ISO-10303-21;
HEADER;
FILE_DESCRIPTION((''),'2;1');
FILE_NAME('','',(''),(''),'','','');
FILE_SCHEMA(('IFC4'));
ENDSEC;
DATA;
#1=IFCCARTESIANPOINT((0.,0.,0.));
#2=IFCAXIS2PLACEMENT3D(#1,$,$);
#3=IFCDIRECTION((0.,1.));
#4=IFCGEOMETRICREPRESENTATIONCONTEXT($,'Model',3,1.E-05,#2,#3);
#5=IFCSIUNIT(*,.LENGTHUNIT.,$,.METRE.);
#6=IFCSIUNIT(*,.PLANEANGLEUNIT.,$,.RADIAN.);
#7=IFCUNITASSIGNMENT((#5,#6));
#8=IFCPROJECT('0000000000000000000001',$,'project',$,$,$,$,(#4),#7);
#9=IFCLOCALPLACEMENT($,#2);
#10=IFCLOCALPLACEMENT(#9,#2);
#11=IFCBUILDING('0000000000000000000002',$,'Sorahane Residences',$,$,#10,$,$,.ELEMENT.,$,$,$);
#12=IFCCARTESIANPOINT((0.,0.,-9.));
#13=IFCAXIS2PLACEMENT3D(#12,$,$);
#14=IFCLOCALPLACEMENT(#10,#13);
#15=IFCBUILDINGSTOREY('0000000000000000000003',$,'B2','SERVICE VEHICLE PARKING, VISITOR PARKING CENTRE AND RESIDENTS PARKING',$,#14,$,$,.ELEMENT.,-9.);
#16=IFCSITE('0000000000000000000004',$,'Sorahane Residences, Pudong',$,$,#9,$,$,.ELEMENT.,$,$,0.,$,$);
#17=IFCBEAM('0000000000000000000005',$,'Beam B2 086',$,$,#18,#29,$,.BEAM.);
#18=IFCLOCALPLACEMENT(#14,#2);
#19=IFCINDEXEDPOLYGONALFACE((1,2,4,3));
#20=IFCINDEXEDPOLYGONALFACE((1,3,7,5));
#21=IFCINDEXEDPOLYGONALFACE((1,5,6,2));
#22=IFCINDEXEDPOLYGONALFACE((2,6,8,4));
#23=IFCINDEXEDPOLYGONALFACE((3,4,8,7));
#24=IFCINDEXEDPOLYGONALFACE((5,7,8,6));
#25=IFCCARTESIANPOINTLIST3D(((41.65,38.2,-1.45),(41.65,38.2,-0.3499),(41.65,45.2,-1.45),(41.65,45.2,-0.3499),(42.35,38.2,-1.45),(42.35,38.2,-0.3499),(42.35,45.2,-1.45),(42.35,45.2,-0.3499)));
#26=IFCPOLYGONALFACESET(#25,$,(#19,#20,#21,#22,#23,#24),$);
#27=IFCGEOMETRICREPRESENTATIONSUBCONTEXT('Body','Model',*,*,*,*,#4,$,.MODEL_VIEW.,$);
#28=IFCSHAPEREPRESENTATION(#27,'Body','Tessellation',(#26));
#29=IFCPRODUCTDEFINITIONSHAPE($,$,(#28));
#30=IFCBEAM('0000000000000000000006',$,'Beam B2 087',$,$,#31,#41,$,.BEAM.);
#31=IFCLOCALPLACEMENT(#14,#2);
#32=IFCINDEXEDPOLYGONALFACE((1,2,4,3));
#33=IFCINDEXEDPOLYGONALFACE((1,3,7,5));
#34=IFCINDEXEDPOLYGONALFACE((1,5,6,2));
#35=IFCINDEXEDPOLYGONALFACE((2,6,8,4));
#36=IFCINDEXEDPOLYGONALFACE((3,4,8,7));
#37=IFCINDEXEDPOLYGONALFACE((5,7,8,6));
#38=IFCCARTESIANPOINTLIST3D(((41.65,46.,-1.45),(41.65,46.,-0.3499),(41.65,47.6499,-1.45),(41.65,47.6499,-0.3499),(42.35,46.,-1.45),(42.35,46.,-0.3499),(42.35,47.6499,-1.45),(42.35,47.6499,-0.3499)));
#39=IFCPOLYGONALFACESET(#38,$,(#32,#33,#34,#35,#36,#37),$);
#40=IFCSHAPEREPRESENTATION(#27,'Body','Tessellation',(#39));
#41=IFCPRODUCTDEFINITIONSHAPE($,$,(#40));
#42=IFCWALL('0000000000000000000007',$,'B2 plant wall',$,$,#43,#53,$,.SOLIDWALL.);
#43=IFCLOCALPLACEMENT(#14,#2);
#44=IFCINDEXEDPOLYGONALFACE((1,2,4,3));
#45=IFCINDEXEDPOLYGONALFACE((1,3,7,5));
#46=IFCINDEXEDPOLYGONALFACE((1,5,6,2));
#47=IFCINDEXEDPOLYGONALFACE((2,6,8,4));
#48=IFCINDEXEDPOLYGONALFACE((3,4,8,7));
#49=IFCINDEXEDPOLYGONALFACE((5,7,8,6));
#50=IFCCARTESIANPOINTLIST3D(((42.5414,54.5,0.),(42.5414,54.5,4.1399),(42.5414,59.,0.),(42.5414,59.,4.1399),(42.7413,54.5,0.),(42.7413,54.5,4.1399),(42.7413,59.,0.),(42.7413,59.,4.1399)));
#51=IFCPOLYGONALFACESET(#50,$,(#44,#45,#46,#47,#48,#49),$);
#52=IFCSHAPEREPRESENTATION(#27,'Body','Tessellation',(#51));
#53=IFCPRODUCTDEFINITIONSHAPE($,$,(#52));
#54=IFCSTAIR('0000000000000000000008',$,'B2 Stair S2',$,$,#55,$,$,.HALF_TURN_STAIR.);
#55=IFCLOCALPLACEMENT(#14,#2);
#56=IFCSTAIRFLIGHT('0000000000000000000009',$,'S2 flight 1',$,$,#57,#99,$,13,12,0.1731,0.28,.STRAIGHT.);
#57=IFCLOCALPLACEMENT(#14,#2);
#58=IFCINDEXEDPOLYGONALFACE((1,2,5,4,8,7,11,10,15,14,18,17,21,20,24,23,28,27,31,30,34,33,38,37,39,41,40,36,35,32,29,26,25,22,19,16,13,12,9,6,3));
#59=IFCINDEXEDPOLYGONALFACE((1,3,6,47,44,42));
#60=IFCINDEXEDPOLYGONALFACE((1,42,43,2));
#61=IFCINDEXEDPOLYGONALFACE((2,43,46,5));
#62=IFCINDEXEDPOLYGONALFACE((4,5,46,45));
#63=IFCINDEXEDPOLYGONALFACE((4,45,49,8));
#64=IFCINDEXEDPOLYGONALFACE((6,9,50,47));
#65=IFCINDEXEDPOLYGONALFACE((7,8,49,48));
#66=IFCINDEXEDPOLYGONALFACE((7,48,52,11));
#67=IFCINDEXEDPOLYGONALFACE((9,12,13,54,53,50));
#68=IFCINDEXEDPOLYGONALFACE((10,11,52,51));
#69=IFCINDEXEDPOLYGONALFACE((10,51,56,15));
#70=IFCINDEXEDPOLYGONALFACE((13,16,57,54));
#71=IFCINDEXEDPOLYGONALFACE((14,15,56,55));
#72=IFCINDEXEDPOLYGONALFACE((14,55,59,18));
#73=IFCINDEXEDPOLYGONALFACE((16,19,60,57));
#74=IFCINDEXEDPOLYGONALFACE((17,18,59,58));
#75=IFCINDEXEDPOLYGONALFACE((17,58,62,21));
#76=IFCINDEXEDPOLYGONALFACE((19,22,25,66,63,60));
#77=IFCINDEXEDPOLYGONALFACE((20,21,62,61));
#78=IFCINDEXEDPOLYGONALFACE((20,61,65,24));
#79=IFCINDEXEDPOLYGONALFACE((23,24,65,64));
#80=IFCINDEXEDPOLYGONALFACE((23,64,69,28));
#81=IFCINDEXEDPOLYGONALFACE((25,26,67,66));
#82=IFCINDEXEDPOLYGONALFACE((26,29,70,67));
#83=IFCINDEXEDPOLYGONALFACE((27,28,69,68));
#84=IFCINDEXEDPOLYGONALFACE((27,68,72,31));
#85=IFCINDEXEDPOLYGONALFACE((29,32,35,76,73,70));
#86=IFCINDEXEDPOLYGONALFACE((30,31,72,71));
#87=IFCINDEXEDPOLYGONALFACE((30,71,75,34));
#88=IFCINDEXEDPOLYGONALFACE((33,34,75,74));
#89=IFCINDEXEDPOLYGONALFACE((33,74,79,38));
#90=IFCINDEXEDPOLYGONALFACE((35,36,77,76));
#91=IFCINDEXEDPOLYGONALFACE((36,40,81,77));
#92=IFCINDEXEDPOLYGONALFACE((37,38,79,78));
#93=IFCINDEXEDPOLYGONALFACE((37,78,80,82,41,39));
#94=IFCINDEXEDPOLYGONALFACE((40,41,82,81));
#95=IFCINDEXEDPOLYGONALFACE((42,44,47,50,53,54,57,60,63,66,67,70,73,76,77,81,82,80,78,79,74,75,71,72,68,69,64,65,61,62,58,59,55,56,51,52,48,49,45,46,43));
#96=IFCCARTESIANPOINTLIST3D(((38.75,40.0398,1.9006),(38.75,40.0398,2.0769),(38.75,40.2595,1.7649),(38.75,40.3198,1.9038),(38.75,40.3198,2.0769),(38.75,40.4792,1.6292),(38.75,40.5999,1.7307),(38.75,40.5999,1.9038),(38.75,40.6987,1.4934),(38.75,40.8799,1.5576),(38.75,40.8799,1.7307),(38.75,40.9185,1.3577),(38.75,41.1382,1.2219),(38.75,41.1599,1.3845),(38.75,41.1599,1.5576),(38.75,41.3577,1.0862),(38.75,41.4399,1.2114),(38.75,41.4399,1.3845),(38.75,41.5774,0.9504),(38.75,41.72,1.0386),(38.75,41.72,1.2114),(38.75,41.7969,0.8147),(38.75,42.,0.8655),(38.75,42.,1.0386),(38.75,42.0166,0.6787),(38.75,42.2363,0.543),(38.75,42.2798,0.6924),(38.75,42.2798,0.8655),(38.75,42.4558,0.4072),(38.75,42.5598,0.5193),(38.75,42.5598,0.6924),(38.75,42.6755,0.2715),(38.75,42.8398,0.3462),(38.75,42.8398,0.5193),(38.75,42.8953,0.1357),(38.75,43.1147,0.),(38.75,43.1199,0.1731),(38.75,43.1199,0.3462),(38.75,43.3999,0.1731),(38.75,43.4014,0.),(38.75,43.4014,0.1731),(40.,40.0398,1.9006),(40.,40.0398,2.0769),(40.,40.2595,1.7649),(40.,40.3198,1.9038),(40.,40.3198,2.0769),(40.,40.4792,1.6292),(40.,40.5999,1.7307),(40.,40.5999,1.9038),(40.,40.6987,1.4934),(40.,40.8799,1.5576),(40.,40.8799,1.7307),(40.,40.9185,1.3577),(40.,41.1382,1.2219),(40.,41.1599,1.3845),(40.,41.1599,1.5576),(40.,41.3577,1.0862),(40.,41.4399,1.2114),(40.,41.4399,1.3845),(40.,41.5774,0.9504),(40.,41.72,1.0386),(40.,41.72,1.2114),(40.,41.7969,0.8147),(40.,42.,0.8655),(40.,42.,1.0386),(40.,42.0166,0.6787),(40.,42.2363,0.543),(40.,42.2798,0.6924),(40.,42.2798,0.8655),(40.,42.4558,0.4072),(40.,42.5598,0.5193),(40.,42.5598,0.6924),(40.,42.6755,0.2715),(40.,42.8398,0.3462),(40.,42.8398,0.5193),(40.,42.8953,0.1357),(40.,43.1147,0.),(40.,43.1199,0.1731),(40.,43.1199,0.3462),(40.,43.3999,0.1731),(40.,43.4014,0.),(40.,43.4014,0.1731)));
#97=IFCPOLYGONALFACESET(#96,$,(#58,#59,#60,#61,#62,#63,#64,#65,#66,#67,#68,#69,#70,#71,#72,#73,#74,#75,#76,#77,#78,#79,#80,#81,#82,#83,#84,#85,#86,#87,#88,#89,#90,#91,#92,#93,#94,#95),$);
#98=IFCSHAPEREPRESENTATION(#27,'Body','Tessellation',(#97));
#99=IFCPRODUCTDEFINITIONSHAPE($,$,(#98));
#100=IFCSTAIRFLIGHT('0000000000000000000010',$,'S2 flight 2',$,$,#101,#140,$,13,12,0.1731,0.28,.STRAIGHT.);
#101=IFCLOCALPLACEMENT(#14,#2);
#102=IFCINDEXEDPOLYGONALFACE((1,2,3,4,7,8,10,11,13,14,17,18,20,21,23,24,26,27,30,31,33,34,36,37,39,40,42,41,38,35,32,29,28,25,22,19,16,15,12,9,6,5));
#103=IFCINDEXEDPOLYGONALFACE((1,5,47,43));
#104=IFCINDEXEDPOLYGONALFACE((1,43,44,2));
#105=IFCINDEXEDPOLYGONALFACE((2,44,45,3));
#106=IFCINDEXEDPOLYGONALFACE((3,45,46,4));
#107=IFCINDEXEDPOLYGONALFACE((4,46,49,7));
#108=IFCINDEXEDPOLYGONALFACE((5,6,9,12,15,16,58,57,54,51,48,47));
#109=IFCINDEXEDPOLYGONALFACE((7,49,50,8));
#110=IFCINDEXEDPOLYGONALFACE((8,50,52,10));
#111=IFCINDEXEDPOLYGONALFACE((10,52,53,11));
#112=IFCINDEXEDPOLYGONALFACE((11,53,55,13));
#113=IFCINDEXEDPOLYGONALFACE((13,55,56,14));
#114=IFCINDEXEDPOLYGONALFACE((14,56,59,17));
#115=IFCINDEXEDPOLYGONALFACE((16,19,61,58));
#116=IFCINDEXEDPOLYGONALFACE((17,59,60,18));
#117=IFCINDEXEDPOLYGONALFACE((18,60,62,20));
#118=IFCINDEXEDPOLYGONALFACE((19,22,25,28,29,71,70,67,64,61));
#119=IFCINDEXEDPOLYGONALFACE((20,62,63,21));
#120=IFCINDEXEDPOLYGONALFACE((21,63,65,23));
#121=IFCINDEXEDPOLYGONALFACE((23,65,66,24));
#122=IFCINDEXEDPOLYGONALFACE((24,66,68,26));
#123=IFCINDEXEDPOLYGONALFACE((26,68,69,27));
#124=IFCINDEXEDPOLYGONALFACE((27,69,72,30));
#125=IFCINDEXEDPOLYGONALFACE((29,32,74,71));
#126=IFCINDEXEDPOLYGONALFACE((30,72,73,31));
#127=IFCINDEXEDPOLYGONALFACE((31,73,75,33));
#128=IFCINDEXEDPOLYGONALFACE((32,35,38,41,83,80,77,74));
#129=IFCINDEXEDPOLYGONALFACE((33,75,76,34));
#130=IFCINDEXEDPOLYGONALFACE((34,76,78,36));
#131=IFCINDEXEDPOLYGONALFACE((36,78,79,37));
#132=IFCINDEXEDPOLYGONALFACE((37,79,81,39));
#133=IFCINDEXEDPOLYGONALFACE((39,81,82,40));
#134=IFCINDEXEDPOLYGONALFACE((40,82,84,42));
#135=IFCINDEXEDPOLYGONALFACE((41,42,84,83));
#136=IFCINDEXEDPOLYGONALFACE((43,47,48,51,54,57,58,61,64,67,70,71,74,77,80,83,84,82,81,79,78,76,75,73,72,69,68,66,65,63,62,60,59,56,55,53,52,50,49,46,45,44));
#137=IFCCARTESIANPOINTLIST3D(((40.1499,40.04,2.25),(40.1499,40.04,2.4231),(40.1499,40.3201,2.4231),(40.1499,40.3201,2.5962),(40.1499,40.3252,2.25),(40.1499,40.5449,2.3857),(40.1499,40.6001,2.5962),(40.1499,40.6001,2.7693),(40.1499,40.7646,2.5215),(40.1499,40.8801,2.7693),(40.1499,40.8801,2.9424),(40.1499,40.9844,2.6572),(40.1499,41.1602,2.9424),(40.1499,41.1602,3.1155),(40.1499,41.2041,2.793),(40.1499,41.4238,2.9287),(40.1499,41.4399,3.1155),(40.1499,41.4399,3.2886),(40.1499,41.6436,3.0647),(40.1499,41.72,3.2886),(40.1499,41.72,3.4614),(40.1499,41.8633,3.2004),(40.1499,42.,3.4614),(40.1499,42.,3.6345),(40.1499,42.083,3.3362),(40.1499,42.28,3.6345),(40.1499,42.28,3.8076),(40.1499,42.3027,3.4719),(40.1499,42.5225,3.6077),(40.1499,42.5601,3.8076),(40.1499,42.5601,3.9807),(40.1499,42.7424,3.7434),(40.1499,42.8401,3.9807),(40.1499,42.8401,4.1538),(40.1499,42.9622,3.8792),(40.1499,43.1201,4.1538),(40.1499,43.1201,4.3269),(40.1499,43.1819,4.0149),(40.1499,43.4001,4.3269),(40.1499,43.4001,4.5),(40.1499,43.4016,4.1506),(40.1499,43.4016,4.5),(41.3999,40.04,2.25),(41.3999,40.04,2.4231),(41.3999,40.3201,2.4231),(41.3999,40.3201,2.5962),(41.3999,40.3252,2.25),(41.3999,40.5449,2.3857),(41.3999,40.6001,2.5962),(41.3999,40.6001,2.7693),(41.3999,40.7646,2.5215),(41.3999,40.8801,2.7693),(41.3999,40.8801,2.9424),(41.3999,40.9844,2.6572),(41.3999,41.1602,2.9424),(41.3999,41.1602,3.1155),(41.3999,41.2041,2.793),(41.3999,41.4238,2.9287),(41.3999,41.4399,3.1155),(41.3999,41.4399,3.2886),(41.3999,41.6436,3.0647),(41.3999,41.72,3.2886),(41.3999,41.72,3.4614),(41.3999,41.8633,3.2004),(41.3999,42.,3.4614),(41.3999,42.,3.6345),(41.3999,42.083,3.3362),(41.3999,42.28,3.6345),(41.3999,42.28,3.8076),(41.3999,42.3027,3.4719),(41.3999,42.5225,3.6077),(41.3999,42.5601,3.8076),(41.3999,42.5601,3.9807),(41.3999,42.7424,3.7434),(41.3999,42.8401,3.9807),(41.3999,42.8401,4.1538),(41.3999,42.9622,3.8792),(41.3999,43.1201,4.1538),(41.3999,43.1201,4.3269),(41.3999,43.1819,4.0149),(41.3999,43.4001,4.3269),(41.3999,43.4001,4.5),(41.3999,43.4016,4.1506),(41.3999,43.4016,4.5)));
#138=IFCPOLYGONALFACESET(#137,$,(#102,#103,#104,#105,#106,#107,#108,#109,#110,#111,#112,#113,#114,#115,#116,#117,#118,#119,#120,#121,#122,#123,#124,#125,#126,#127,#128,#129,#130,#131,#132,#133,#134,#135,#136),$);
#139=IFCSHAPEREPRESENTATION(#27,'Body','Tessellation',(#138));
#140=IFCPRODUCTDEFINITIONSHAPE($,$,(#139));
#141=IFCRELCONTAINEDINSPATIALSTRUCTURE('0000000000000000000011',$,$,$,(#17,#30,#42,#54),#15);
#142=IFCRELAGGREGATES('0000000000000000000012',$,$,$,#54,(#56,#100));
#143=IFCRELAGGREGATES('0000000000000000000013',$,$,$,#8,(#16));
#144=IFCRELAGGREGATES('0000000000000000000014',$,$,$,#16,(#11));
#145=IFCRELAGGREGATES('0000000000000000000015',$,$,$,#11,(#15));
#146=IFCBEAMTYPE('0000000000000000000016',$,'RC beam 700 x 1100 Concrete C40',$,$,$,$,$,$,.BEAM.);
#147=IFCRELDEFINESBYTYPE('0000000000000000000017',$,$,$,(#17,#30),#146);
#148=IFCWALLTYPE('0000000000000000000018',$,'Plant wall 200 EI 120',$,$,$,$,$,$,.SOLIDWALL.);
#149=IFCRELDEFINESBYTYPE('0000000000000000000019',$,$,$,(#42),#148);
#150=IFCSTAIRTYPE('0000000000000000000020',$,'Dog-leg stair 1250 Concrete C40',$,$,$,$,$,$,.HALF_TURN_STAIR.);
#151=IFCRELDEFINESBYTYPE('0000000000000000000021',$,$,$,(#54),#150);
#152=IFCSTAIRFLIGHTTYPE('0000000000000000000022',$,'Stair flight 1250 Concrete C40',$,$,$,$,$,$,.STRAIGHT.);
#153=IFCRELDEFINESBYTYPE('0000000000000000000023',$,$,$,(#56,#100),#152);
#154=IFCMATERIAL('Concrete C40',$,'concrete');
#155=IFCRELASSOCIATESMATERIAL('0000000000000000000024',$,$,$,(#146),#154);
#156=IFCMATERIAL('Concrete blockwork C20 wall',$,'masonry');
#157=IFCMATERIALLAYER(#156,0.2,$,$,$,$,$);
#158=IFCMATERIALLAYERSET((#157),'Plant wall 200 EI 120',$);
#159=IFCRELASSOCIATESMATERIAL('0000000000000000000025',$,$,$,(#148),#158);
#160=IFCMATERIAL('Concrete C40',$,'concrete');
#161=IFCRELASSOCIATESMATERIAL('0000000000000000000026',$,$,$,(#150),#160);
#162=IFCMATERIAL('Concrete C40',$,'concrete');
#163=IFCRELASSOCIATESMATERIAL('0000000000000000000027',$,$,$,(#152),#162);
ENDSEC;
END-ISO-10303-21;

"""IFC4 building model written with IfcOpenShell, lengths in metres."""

from ifc_helpers import new_model, si_unit, direction, frame, frame_2d, origin, origin_2d, place, context, subcontext, project, spatial, polyline, rectangle, outline, extrude, material, layer, layer_set, material_profile, profile_set, type_object, element, aggregate, save


model = new_model("IFC4")

# Units and contexts
model_context = context("Model", 3, precision=1e-05, world=origin(), true_north=direction((0.0, 1.0)))
body_context = subcontext(model_context, "Body", "Model", "MODEL_VIEW")
ifc_project = project(units=[si_unit("LENGTHUNIT", "METRE"), si_unit("PLANEANGLEUNIT", "RADIAN")], contexts=[model_context])

# Site, building, storey
site_placement = place(None, origin())
site = spatial("IfcSite", under=ifc_project, at=site_placement, Name="Sorahane Residences, Pudong", CompositionType="ELEMENT", RefElevation=0.0)
building_placement = place(site_placement, origin())
building = spatial("IfcBuilding", under=site, at=building_placement, Name="Sorahane Residences", CompositionType="ELEMENT")
storey_placement = place(building_placement, frame((0.0, 0.0, -9.0)))
storey = spatial("IfcBuildingStorey", under=building, at=storey_placement, Name="B2", Description="SERVICE VEHICLE PARKING, VISITOR PARKING CENTRE AND RESIDENTS PARKING", CompositionType="ELEMENT", Elevation=-9.0)

# Beams
ifc_material_1 = material(Name="Concrete C40", Category="concrete")
ifc_material_profile_1 = material_profile(ifc_material_1, rectangle(XDim=0.7, YDim=1.1001, at=origin_2d()), Name="700x1100")
ifc_profile_set_1 = profile_set([ifc_material_profile_1], Name="Concrete C40")
beam_type = type_object("IfcBeamType", Name="RC beam 700 x 1100 Concrete C40", PredefinedType="BEAM", material=ifc_profile_set_1)
for number, where, z_axis, x_axis, name in (
    (1, (42.0, 38.2, -0.8999), (0.0, 1.0, 0.0), (-1.0, 0.0, 0.0), "Beam B2 086"),
):
    element("IfcBeam", number, at=place(storey_placement, frame(where, z_axis=z_axis, x_axis=x_axis)), inside=storey, type_object=beam_type, Name=name, PredefinedType="BEAM", context=body_context, shape_type="SweptSolid", body=[
        extrude(rectangle(XDim=0.7, YDim=1.1001, at=origin_2d()), origin(), (0.0, 0.0, 1.0), 7.0),
    ])
beam_1_placement = place(storey_placement, frame((42.0, 46.0, -0.8999), z_axis=(0.0, 1.0, 0.0), x_axis=(-1.0, 0.0, 0.0)))
element("IfcBeam", 2, at=beam_1_placement, inside=storey, type_object=beam_type, Name="Beam B2 087", PredefinedType="BEAM", context=body_context, shape_type="SweptSolid", body=[
    extrude(rectangle(XDim=0.7, YDim=1.1001, at=origin_2d()), origin(), (0.0, 0.0, 1.0), 1.6499),
])

# Wall
ifc_material_2 = material(Name="Concrete blockwork C20 wall", Category="masonry")
ifc_layer_1 = layer(ifc_material_2, 0.2)
ifc_layer_set_1 = layer_set([ifc_layer_1], Name="Plant wall 200 EI 120")
wall_type = type_object("IfcWallType", Name="Plant wall 200 EI 120", PredefinedType="SOLIDWALL", material=ifc_layer_set_1)
wall_placement = place(storey_placement, frame((42.6414, 54.5, 0.0), z_axis=(0.0, 0.0, 1.0), x_axis=(0.0, 1.0, 0.0)))
element("IfcWall", 3, at=wall_placement, inside=storey, type_object=wall_type, Name="B2 plant wall", PredefinedType="SOLIDWALL", context=body_context, shape_type="SweptSolid", body=[
    extrude(rectangle(XDim=4.5, YDim=0.2, at=frame_2d((2.25, 0.0))), origin(), (0.0, 0.0, 1.0), 4.1399),
])

# Stair, stair flights
ifc_material_3 = material(Name="Concrete C40", Category="concrete")
stair_type = type_object("IfcStairType", Name="Dog-leg stair 1250 Concrete C40", PredefinedType="HALF_TURN_STAIR", material=ifc_material_3)
stair_placement = place(storey_placement, origin())
stair = element("IfcStair", 4, at=stair_placement, inside=storey, type_object=stair_type, Name="B2 Stair S2", PredefinedType="HALF_TURN_STAIR")
ifc_material_4 = material(Name="Concrete C40", Category="concrete")
stair_flight_type = type_object("IfcStairFlightType", Name="Stair flight 1250 Concrete C40", PredefinedType="STRAIGHT", material=ifc_material_4)
stair_flight_1_placement = place(storey_placement, frame((39.375, 43.3999, 0.0), z_axis=(0.0, 0.0, 1.0), x_axis=(0.0, -1.0, 0.0)))
stair_flight_1 = element("IfcStairFlight", 5, at=stair_flight_1_placement, type_object=stair_flight_type, Name="S2 flight 1", NumberOfRisers=13, NumberOfTreads=12, PredefinedType="STRAIGHT", RiserHeight=0.1731, TreadLength=0.28, context=body_context, shape_type="SweptSolid", body=[
    extrude(outline(polyline([(-0.0015, 0.0), (-0.0015, 0.1731), (0.0, 0.1731), (0.28, 0.1731), (0.28, 0.3462), (0.5601, 0.3462), (0.5601, 0.5193), (0.8401, 0.5193), (0.8401, 0.6924), (1.1201, 0.6924), (1.1201, 0.8655), (1.3999, 0.8655), (1.3999, 1.0386), (1.6799, 1.0386), (1.6799, 1.2114), (1.96, 1.2114), (1.96, 1.3845), (2.24, 1.3845), (2.24, 1.5576), (2.52, 1.5576), (2.52, 1.7307), (2.8, 1.7307), (2.8, 1.9038), (3.0801, 1.9038), (3.0801, 2.0769), (3.3601, 2.0769), (3.3601, 2.25), (3.3601, 1.9006), (3.1404, 1.7649), (2.9207, 1.6292), (2.7012, 1.4934), (2.4814, 1.3577), (2.2617, 1.2219), (2.0422, 1.0862), (1.8225, 0.9504), (1.603, 0.8147), (1.3833, 0.6787), (1.1636, 0.543), (0.9441, 0.4072), (0.7244, 0.2715), (0.5046, 0.1357), (0.2852, 0.0), (-0.0015, 0.0)])), frame((0.0, 0.625, 0.0), z_axis=(0.0, -1.0, 0.0), x_axis=(1.0, 0.0, 0.0)), (0.0, 0.0, 1.0), 1.25),
])
stair_flight_2_placement = place(storey_placement, frame((40.7749, 40.04, 2.25), z_axis=(0.0, 0.0, 1.0), x_axis=(0.0, 1.0, 0.0)))
stair_flight_2 = element("IfcStairFlight", 6, at=stair_flight_2_placement, type_object=stair_flight_type, Name="S2 flight 2", NumberOfRisers=13, NumberOfTreads=12, PredefinedType="STRAIGHT", RiserHeight=0.1731, TreadLength=0.28, context=body_context, shape_type="SweptSolid", body=[
    extrude(outline(polyline([(0.0, 0.0), (0.0, 0.1731), (0.28, 0.1731), (0.28, 0.3462), (0.5601, 0.3462), (0.5601, 0.5193), (0.8401, 0.5193), (0.8401, 0.6924), (1.1201, 0.6924), (1.1201, 0.8655), (1.3999, 0.8655), (1.3999, 1.0386), (1.6799, 1.0386), (1.6799, 1.2114), (1.96, 1.2114), (1.96, 1.3845), (2.24, 1.3845), (2.24, 1.5576), (2.52, 1.5576), (2.52, 1.7307), (2.8, 1.7307), (2.8, 1.9038), (3.0801, 1.9038), (3.0801, 2.0769), (3.3601, 2.0769), (3.3601, 2.25), (3.3616, 2.25), (3.3616, 1.9006), (3.1418, 1.7649), (2.9221, 1.6292), (2.7024, 1.4934), (2.4824, 1.3577), (2.2627, 1.2219), (2.043, 1.0862), (1.8232, 0.9504), (1.6035, 0.8147), (1.3838, 0.6787), (1.1641, 0.543), (0.9443, 0.4072), (0.7246, 0.2715), (0.5049, 0.1357), (0.2852, 0.0), (0.0, 0.0)])), frame((0.0, 0.625, 0.0), z_axis=(0.0, -1.0, 0.0), x_axis=(1.0, 0.0, 0.0)), (0.0, 0.0, 1.0), 1.25),
])
aggregate(stair, [stair_flight_1, stair_flight_2])

save(model, "model.ifc")
